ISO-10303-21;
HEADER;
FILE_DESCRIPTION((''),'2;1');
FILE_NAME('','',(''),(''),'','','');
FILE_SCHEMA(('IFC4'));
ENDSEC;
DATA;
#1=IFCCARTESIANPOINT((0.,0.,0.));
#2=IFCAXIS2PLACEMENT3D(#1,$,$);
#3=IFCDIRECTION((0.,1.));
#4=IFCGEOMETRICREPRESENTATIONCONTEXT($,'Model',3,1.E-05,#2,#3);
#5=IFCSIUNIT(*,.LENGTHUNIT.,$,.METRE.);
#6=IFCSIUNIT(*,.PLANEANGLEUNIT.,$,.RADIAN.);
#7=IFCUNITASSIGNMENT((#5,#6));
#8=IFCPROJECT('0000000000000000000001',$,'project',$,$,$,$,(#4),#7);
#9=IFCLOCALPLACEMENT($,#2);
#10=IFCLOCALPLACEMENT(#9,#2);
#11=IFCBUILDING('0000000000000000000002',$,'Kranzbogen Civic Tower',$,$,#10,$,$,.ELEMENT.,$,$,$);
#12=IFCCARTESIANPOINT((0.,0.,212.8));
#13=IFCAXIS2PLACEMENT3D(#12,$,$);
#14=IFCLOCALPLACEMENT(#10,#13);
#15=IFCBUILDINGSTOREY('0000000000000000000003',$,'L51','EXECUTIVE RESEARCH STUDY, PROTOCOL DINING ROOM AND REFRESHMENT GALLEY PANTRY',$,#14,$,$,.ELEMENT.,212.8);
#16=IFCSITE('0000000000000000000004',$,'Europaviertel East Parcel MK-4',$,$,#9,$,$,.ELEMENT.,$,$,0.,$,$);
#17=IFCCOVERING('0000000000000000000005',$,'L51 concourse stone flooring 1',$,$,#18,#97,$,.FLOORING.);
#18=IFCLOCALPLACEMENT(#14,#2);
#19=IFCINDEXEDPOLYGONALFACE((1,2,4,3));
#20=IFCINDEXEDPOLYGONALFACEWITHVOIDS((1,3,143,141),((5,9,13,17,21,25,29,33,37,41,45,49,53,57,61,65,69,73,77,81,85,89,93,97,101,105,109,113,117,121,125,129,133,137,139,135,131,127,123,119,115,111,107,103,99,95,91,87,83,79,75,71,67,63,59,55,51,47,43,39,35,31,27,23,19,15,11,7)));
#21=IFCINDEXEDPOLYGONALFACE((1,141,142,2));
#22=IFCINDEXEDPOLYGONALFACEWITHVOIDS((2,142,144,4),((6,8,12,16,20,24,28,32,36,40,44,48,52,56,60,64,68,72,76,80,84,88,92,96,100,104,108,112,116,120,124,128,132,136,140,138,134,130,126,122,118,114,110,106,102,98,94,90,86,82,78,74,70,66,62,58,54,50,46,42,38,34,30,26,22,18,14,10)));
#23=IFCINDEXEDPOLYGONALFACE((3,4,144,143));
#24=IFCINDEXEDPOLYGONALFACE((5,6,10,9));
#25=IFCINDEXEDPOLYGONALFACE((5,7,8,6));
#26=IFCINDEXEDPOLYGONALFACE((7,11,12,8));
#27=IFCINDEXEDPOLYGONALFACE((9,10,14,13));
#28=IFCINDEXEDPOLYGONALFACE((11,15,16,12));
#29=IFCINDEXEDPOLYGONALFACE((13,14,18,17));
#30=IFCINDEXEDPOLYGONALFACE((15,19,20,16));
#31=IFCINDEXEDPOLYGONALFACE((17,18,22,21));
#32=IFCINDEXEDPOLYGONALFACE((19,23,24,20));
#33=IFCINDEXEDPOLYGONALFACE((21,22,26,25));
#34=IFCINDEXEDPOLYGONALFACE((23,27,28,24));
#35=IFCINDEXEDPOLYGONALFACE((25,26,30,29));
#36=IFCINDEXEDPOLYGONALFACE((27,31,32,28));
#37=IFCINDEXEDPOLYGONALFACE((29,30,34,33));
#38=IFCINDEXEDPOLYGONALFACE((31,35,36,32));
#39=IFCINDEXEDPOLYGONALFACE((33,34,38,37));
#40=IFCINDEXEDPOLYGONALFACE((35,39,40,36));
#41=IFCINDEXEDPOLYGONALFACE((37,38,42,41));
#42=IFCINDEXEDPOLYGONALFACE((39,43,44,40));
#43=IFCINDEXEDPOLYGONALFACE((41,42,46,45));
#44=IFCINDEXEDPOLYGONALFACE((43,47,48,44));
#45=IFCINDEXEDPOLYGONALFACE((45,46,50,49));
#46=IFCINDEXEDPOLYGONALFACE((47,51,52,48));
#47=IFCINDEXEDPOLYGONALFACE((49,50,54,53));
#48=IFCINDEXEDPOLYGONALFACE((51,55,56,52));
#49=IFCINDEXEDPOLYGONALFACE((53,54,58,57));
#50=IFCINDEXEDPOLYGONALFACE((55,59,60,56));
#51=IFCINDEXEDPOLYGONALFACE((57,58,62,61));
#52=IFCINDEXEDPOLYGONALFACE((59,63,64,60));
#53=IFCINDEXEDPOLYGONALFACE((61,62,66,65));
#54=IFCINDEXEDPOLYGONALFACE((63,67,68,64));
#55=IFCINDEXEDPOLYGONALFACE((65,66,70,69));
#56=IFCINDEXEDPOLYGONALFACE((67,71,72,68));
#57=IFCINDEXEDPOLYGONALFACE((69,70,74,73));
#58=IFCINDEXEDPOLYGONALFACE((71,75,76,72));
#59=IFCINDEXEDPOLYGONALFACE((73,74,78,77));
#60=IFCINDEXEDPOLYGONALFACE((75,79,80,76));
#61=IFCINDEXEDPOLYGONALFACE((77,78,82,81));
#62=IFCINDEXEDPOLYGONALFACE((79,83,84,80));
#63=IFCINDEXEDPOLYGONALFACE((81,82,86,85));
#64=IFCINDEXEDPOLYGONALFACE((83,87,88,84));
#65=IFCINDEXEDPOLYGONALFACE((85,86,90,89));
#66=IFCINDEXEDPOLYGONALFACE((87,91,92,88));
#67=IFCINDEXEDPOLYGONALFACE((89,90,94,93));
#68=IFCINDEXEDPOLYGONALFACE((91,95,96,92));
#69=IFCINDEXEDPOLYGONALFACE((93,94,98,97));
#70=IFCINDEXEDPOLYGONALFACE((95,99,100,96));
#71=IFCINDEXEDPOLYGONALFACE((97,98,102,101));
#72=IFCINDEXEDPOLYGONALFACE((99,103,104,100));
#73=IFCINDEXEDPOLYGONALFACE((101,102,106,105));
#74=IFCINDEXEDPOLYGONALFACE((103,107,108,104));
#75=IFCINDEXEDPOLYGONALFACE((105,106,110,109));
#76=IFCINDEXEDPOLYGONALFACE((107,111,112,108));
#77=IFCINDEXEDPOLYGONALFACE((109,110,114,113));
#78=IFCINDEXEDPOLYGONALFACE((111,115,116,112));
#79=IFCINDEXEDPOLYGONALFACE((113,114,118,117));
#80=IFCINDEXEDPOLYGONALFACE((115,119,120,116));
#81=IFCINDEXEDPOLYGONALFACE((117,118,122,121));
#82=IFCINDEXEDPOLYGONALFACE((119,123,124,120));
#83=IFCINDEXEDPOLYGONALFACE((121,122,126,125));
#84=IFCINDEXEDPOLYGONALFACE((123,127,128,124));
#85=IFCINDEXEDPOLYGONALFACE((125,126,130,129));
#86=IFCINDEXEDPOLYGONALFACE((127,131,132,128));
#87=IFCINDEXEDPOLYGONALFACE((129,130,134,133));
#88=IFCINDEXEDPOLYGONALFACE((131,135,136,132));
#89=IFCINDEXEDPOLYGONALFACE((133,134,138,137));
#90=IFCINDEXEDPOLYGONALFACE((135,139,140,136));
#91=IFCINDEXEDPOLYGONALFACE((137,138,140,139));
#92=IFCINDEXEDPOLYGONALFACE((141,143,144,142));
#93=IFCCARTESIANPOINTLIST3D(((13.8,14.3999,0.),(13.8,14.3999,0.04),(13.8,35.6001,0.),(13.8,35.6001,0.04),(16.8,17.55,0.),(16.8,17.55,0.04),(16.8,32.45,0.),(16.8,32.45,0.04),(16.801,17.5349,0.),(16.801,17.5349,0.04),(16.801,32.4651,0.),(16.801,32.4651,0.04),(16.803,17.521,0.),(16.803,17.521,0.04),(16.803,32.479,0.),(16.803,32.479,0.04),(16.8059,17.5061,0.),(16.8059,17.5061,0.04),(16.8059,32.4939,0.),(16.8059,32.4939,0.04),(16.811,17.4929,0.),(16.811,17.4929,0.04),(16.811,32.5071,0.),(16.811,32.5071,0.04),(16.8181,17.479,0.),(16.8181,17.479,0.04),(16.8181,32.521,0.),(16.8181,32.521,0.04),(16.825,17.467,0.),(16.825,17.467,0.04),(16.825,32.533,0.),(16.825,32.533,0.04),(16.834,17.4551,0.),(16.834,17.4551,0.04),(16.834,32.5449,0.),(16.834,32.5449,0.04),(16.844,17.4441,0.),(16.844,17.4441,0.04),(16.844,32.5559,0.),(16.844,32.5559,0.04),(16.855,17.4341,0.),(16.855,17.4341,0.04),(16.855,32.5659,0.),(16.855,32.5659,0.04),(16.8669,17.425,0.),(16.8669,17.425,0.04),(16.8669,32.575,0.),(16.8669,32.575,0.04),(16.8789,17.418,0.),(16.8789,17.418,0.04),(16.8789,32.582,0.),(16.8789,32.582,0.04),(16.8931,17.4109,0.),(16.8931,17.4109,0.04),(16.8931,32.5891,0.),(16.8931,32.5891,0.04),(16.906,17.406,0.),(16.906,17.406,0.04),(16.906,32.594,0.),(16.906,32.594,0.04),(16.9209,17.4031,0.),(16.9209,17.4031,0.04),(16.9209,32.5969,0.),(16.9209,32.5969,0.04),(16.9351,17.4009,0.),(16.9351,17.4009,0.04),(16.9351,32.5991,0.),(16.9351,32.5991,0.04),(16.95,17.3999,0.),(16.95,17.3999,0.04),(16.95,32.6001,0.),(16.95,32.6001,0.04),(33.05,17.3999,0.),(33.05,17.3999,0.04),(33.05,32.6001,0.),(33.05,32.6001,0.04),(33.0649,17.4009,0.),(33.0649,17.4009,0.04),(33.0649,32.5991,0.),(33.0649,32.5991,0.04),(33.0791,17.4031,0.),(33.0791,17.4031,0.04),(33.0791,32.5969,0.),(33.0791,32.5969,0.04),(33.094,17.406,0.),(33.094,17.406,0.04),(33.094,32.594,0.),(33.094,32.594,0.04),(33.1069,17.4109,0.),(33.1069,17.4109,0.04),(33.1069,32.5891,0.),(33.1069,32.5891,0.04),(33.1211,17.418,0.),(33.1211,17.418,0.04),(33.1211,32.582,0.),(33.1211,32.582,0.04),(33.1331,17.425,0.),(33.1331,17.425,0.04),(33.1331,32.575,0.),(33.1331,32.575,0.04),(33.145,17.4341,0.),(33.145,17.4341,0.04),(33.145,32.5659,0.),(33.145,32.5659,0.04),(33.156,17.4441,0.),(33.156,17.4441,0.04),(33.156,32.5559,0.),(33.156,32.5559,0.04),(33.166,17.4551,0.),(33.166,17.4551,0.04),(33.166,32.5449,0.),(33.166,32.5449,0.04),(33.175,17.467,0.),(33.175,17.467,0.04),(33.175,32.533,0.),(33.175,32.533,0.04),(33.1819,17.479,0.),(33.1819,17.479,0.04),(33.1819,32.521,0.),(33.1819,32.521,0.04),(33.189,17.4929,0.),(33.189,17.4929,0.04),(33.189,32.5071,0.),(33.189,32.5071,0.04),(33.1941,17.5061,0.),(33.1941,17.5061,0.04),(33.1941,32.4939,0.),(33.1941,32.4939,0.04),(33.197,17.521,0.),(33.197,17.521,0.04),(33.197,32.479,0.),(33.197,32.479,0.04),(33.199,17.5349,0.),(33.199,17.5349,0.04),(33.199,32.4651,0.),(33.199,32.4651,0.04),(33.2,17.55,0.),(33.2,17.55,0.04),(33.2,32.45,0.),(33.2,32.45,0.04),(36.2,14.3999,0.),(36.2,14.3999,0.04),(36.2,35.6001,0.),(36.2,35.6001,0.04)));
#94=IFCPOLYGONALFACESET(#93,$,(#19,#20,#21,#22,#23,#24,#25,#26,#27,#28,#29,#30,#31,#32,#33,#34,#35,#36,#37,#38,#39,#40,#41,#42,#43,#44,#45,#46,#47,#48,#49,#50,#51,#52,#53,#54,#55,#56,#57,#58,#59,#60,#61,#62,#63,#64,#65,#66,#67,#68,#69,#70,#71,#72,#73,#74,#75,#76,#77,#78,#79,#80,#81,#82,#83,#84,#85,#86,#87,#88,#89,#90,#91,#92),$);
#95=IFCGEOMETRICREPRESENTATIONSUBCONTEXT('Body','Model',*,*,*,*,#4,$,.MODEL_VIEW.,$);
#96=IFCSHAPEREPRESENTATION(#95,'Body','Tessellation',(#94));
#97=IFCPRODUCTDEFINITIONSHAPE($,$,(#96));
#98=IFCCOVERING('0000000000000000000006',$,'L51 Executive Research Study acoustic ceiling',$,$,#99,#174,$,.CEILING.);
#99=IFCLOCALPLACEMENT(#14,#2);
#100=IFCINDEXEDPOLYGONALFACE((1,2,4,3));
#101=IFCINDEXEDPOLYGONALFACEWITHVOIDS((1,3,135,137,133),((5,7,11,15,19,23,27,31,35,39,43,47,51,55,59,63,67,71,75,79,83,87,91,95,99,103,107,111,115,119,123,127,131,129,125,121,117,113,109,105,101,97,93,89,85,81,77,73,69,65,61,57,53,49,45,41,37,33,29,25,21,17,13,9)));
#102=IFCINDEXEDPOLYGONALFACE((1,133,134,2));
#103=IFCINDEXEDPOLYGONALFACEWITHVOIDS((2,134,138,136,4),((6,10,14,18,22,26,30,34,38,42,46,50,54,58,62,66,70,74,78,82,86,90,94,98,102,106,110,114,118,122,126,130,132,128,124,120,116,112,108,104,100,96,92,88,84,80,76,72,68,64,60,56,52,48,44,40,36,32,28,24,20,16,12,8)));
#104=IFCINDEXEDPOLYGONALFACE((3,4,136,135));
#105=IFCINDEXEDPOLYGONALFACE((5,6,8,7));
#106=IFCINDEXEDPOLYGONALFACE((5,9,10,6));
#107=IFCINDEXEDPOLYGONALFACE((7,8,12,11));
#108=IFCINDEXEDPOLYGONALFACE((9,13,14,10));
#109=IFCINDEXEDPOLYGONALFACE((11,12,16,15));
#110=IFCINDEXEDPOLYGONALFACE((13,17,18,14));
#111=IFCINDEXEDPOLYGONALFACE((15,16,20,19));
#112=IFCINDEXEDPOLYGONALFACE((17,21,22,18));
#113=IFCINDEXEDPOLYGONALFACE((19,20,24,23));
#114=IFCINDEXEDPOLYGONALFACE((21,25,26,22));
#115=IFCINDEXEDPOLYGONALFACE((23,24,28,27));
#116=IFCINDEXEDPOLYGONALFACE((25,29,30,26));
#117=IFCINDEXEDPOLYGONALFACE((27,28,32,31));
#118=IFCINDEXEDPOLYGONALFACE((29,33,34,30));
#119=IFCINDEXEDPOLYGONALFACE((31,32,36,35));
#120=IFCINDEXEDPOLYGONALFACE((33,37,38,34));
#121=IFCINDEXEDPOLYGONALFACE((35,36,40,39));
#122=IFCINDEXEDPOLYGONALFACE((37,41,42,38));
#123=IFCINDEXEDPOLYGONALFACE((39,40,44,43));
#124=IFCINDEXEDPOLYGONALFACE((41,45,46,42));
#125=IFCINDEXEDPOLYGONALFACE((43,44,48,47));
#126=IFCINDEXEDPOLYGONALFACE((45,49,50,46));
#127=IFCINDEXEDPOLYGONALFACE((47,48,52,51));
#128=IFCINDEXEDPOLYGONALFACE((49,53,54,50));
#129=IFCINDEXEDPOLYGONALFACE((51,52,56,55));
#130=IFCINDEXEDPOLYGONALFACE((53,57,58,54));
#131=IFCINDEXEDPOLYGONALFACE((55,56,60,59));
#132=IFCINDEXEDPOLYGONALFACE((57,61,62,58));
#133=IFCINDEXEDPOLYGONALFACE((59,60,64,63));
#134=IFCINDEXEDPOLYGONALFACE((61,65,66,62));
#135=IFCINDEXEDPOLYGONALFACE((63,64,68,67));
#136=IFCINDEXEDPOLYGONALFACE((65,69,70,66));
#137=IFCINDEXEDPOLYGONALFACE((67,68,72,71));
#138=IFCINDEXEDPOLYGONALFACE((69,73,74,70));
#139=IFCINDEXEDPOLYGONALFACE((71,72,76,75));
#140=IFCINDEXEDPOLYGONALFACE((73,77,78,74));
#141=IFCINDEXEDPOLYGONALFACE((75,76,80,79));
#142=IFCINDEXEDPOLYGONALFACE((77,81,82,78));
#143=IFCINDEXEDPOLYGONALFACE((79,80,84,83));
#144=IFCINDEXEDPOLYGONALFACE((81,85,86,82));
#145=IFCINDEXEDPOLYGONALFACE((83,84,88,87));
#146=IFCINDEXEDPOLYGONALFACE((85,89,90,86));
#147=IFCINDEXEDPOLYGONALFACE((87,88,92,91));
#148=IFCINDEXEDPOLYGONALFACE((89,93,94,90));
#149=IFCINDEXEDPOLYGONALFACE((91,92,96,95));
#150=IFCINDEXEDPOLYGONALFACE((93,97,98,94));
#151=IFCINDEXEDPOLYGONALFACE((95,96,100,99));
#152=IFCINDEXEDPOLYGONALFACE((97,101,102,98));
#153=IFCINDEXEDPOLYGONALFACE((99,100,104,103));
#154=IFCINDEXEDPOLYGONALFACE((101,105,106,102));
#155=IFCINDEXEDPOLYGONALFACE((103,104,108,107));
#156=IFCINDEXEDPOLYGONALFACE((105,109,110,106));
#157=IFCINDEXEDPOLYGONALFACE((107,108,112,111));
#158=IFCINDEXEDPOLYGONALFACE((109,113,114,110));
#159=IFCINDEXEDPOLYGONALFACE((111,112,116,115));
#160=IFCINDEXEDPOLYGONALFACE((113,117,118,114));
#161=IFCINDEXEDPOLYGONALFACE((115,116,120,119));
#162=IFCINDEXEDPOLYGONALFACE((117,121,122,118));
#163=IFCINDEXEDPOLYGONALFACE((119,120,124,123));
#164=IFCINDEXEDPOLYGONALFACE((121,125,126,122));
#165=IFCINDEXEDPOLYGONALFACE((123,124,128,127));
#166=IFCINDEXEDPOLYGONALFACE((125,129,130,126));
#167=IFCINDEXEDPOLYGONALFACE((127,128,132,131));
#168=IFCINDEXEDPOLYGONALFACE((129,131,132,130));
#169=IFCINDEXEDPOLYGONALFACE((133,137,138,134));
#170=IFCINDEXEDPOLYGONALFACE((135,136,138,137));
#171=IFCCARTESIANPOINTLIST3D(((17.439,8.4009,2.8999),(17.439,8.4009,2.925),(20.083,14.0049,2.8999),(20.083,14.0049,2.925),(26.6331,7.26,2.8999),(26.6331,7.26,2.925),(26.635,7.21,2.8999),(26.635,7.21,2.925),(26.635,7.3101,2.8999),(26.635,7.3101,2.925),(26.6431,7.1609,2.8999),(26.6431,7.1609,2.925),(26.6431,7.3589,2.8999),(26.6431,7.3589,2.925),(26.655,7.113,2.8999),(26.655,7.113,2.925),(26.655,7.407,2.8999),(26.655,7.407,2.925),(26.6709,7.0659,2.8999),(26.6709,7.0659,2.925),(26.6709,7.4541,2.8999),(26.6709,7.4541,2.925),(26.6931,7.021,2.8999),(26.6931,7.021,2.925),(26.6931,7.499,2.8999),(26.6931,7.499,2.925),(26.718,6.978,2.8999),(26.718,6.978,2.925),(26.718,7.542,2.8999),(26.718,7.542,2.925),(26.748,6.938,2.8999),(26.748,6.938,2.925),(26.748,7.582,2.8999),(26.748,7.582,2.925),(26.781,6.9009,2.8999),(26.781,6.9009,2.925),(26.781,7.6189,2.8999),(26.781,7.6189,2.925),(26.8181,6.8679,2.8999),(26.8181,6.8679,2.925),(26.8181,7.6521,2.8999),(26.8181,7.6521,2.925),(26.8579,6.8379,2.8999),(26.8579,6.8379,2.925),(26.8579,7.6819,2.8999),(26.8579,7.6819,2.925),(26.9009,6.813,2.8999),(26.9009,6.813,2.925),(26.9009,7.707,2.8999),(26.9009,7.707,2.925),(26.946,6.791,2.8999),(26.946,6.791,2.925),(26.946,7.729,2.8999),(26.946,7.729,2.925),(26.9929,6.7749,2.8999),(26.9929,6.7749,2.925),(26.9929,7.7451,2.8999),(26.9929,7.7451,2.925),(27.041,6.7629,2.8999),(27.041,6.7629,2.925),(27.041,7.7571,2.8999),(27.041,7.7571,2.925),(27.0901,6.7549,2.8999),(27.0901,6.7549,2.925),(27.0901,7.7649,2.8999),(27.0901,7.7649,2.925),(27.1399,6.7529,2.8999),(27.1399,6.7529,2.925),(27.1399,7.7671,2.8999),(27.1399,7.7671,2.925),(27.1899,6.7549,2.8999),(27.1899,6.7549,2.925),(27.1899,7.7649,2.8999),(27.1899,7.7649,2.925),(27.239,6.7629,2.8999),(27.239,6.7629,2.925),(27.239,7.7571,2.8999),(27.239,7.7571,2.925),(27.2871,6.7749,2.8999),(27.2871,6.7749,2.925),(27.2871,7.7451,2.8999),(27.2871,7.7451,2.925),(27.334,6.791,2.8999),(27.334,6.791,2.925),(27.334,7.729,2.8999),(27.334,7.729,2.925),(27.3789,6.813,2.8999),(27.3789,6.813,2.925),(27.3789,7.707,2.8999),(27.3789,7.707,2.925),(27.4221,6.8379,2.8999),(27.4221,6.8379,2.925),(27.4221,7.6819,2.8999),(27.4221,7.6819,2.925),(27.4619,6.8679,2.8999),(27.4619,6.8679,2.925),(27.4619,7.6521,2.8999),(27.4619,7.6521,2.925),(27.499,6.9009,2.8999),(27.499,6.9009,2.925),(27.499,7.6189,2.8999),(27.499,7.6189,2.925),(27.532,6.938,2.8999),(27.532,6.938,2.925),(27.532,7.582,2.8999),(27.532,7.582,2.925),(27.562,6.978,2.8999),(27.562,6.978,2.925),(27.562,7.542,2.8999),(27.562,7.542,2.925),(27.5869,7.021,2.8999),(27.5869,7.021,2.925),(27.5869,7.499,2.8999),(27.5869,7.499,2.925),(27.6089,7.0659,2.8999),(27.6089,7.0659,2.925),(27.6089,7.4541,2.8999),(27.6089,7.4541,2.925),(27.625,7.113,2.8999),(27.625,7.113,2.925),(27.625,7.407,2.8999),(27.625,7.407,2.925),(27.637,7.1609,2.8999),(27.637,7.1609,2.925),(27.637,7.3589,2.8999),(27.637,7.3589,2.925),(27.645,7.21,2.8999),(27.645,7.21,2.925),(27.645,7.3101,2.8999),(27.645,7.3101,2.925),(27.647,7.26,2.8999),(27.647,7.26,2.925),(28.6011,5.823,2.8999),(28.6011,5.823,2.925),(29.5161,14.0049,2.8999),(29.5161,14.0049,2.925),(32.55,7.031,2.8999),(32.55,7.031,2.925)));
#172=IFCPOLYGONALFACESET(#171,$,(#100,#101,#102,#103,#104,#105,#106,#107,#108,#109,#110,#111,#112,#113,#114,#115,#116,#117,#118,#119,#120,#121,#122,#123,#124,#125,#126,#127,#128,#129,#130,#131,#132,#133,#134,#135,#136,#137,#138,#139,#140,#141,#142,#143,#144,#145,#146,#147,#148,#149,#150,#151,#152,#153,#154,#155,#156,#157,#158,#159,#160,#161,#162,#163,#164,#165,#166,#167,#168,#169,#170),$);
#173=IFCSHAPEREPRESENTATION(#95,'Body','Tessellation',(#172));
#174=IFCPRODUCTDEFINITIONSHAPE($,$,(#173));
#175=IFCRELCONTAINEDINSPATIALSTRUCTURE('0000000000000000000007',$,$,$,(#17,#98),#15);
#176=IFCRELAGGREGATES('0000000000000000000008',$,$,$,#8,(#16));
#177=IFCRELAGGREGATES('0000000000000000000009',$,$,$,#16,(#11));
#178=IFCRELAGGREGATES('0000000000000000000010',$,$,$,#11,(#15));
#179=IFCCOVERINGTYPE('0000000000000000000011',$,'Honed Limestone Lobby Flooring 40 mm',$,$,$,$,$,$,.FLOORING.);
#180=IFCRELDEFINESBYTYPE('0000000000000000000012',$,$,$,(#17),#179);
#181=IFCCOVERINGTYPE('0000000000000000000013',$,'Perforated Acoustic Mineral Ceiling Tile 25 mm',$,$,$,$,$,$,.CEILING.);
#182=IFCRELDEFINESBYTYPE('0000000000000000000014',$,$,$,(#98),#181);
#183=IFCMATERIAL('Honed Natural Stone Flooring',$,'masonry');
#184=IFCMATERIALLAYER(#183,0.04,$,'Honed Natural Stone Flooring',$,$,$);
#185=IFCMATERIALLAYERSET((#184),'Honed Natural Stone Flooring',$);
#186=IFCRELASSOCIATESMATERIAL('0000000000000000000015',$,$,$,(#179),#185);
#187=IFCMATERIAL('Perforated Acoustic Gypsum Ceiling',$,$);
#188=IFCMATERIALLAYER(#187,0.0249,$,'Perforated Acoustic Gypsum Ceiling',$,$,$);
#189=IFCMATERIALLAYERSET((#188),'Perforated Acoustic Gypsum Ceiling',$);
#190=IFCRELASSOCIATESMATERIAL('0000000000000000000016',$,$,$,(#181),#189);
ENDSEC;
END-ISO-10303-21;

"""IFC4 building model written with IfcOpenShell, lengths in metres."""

from ifc_helpers import new_model, si_unit, direction, frame, origin, place, context, subcontext, project, spatial, polyline, outline, extrude, material, layer, layer_set, type_object, element, save


model = new_model("IFC4")

# Units and contexts
model_context = context("Model", 3, precision=1e-05, world=origin(), true_north=direction((0.0, 1.0)))
body_context = subcontext(model_context, "Body", "Model", "MODEL_VIEW")
ifc_project = project(units=[si_unit("LENGTHUNIT", "METRE"), si_unit("PLANEANGLEUNIT", "RADIAN")], contexts=[model_context])

# Site, building, storey
site_placement = place(None, origin())
site = spatial("IfcSite", under=ifc_project, at=site_placement, Name="Europaviertel East Parcel MK-4", CompositionType="ELEMENT", RefElevation=0.0)
building_placement = place(site_placement, origin())
building = spatial("IfcBuilding", under=site, at=building_placement, Name="Kranzbogen Civic Tower", CompositionType="ELEMENT")
storey_placement = place(building_placement, frame((0.0, 0.0, 212.8)))
storey = spatial("IfcBuildingStorey", under=building, at=storey_placement, Name="L51", Description="EXECUTIVE RESEARCH STUDY, PROTOCOL DINING ROOM AND REFRESHMENT GALLEY PANTRY", CompositionType="ELEMENT", Elevation=212.8)

# Coverings
ifc_material_1 = material(Name="Honed Natural Stone Flooring", Category="masonry")
ifc_layer_1 = layer(ifc_material_1, 0.04, Name="Honed Natural Stone Flooring")
ifc_layer_set_1 = layer_set([ifc_layer_1], Name="Honed Natural Stone Flooring")
covering_type_1 = type_object("IfcCoveringType", Name="Honed Limestone Lobby Flooring 40 mm", PredefinedType="FLOORING", material=ifc_layer_set_1)
covering_1_placement = place(storey_placement, origin())
element("IfcCovering", 1, at=covering_1_placement, inside=storey, type_object=covering_type_1, Name="L51 concourse stone flooring 1", PredefinedType="FLOORING", context=body_context, shape_type="SweptSolid", body=[
    extrude(outline(polyline([(13.8, 35.6001), (36.2, 35.6001), (36.2, 14.3999), (13.8, 14.3999), (13.8, 35.6001)]), holes=[polyline([(33.05, 32.6001), (33.0649, 32.5991), (33.0791, 32.5969), (33.094, 32.594), (33.1069, 32.5891), (33.1211, 32.582), (33.1331, 32.575), (33.145, 32.5659), (33.156, 32.5559), (33.166, 32.5449), (33.175, 32.533), (33.1819, 32.521), (33.189, 32.5071), (33.1941, 32.4939), (33.197, 32.479), (33.199, 32.4651), (33.2, 32.45), (33.2, 17.55), (33.199, 17.5349), (33.197, 17.521), (33.1941, 17.5061), (33.189, 17.4929), (33.1819, 17.479), (33.175, 17.467), (33.166, 17.4551), (33.156, 17.4441), (33.145, 17.4341), (33.1331, 17.425), (33.1211, 17.418), (33.1069, 17.4109), (33.094, 17.406), (33.0791, 17.4031), (33.0649, 17.4009), (33.05, 17.3999), (16.95, 17.3999), (16.9351, 17.4009), (16.9209, 17.4031), (16.906, 17.406), (16.8931, 17.4109), (16.8789, 17.418), (16.8669, 17.425), (16.855, 17.4341), (16.844, 17.4441), (16.834, 17.4551), (16.825, 17.467), (16.8181, 17.479), (16.811, 17.4929), (16.8059, 17.5061), (16.803, 17.521), (16.801, 17.5349), (16.8, 17.55), (16.8, 32.45), (16.801, 32.4651), (16.803, 32.479), (16.8059, 32.4939), (16.811, 32.5071), (16.8181, 32.521), (16.825, 32.533), (16.834, 32.5449), (16.844, 32.5559), (16.855, 32.5659), (16.8669, 32.575), (16.8789, 32.582), (16.8931, 32.5891), (16.906, 32.594), (16.9209, 32.5969), (16.9351, 32.5991), (16.95, 32.6001), (33.05, 32.6001)])]), origin(), (0.0, 0.0, 1.0), 0.04),
])
ifc_material_2 = material(Name="Perforated Acoustic Gypsum Ceiling")
ifc_layer_2 = layer(ifc_material_2, 0.0249, Name="Perforated Acoustic Gypsum Ceiling")
ifc_layer_set_2 = layer_set([ifc_layer_2], Name="Perforated Acoustic Gypsum Ceiling")
covering_type_2 = type_object("IfcCoveringType", Name="Perforated Acoustic Mineral Ceiling Tile 25 mm", PredefinedType="CEILING", material=ifc_layer_set_2)
covering_2_placement = place(storey_placement, frame((0.0, 0.0, 2.8999)))
element("IfcCovering", 2, at=covering_2_placement, inside=storey, type_object=covering_type_2, Name="L51 Executive Research Study acoustic ceiling", PredefinedType="CEILING", context=body_context, shape_type="SweptSolid", body=[
    extrude(outline(polyline([(17.439, 8.4009), (20.083, 14.0049), (29.5161, 14.0049), (32.55, 7.031), (28.6011, 5.823), (17.439, 8.4009)]), holes=[polyline([(27.6089, 7.0659), (27.5869, 7.021), (27.562, 6.978), (27.532, 6.938), (27.499, 6.9009), (27.4619, 6.8679), (27.4221, 6.8379), (27.3789, 6.813), (27.334, 6.791), (27.2871, 6.7749), (27.239, 6.7629), (27.1899, 6.7549), (27.1399, 6.7529), (27.0901, 6.7549), (27.041, 6.7629), (26.9929, 6.7749), (26.946, 6.791), (26.9009, 6.813), (26.8579, 6.8379), (26.8181, 6.8679), (26.781, 6.9009), (26.748, 6.938), (26.718, 6.978), (26.6931, 7.021), (26.6709, 7.0659), (26.655, 7.113), (26.6431, 7.1609), (26.635, 7.21), (26.6331, 7.26), (26.635, 7.3101), (26.6431, 7.3589), (26.655, 7.407), (26.6709, 7.4541), (26.6931, 7.499), (26.718, 7.542), (26.748, 7.582), (26.781, 7.6189), (26.8181, 7.6521), (26.8579, 7.6819), (26.9009, 7.707), (26.946, 7.729), (26.9929, 7.7451), (27.041, 7.7571), (27.0901, 7.7649), (27.1399, 7.7671), (27.1899, 7.7649), (27.239, 7.7571), (27.2871, 7.7451), (27.334, 7.729), (27.3789, 7.707), (27.4221, 7.6819), (27.4619, 7.6521), (27.499, 7.6189), (27.532, 7.582), (27.562, 7.542), (27.5869, 7.499), (27.6089, 7.4541), (27.625, 7.407), (27.637, 7.3589), (27.645, 7.3101), (27.647, 7.26), (27.645, 7.21), (27.637, 7.1609), (27.625, 7.113), (27.6089, 7.0659)])]), origin(), (0.0, 0.0, 1.0), 0.0251),
])

save(model, "model.ifc")
